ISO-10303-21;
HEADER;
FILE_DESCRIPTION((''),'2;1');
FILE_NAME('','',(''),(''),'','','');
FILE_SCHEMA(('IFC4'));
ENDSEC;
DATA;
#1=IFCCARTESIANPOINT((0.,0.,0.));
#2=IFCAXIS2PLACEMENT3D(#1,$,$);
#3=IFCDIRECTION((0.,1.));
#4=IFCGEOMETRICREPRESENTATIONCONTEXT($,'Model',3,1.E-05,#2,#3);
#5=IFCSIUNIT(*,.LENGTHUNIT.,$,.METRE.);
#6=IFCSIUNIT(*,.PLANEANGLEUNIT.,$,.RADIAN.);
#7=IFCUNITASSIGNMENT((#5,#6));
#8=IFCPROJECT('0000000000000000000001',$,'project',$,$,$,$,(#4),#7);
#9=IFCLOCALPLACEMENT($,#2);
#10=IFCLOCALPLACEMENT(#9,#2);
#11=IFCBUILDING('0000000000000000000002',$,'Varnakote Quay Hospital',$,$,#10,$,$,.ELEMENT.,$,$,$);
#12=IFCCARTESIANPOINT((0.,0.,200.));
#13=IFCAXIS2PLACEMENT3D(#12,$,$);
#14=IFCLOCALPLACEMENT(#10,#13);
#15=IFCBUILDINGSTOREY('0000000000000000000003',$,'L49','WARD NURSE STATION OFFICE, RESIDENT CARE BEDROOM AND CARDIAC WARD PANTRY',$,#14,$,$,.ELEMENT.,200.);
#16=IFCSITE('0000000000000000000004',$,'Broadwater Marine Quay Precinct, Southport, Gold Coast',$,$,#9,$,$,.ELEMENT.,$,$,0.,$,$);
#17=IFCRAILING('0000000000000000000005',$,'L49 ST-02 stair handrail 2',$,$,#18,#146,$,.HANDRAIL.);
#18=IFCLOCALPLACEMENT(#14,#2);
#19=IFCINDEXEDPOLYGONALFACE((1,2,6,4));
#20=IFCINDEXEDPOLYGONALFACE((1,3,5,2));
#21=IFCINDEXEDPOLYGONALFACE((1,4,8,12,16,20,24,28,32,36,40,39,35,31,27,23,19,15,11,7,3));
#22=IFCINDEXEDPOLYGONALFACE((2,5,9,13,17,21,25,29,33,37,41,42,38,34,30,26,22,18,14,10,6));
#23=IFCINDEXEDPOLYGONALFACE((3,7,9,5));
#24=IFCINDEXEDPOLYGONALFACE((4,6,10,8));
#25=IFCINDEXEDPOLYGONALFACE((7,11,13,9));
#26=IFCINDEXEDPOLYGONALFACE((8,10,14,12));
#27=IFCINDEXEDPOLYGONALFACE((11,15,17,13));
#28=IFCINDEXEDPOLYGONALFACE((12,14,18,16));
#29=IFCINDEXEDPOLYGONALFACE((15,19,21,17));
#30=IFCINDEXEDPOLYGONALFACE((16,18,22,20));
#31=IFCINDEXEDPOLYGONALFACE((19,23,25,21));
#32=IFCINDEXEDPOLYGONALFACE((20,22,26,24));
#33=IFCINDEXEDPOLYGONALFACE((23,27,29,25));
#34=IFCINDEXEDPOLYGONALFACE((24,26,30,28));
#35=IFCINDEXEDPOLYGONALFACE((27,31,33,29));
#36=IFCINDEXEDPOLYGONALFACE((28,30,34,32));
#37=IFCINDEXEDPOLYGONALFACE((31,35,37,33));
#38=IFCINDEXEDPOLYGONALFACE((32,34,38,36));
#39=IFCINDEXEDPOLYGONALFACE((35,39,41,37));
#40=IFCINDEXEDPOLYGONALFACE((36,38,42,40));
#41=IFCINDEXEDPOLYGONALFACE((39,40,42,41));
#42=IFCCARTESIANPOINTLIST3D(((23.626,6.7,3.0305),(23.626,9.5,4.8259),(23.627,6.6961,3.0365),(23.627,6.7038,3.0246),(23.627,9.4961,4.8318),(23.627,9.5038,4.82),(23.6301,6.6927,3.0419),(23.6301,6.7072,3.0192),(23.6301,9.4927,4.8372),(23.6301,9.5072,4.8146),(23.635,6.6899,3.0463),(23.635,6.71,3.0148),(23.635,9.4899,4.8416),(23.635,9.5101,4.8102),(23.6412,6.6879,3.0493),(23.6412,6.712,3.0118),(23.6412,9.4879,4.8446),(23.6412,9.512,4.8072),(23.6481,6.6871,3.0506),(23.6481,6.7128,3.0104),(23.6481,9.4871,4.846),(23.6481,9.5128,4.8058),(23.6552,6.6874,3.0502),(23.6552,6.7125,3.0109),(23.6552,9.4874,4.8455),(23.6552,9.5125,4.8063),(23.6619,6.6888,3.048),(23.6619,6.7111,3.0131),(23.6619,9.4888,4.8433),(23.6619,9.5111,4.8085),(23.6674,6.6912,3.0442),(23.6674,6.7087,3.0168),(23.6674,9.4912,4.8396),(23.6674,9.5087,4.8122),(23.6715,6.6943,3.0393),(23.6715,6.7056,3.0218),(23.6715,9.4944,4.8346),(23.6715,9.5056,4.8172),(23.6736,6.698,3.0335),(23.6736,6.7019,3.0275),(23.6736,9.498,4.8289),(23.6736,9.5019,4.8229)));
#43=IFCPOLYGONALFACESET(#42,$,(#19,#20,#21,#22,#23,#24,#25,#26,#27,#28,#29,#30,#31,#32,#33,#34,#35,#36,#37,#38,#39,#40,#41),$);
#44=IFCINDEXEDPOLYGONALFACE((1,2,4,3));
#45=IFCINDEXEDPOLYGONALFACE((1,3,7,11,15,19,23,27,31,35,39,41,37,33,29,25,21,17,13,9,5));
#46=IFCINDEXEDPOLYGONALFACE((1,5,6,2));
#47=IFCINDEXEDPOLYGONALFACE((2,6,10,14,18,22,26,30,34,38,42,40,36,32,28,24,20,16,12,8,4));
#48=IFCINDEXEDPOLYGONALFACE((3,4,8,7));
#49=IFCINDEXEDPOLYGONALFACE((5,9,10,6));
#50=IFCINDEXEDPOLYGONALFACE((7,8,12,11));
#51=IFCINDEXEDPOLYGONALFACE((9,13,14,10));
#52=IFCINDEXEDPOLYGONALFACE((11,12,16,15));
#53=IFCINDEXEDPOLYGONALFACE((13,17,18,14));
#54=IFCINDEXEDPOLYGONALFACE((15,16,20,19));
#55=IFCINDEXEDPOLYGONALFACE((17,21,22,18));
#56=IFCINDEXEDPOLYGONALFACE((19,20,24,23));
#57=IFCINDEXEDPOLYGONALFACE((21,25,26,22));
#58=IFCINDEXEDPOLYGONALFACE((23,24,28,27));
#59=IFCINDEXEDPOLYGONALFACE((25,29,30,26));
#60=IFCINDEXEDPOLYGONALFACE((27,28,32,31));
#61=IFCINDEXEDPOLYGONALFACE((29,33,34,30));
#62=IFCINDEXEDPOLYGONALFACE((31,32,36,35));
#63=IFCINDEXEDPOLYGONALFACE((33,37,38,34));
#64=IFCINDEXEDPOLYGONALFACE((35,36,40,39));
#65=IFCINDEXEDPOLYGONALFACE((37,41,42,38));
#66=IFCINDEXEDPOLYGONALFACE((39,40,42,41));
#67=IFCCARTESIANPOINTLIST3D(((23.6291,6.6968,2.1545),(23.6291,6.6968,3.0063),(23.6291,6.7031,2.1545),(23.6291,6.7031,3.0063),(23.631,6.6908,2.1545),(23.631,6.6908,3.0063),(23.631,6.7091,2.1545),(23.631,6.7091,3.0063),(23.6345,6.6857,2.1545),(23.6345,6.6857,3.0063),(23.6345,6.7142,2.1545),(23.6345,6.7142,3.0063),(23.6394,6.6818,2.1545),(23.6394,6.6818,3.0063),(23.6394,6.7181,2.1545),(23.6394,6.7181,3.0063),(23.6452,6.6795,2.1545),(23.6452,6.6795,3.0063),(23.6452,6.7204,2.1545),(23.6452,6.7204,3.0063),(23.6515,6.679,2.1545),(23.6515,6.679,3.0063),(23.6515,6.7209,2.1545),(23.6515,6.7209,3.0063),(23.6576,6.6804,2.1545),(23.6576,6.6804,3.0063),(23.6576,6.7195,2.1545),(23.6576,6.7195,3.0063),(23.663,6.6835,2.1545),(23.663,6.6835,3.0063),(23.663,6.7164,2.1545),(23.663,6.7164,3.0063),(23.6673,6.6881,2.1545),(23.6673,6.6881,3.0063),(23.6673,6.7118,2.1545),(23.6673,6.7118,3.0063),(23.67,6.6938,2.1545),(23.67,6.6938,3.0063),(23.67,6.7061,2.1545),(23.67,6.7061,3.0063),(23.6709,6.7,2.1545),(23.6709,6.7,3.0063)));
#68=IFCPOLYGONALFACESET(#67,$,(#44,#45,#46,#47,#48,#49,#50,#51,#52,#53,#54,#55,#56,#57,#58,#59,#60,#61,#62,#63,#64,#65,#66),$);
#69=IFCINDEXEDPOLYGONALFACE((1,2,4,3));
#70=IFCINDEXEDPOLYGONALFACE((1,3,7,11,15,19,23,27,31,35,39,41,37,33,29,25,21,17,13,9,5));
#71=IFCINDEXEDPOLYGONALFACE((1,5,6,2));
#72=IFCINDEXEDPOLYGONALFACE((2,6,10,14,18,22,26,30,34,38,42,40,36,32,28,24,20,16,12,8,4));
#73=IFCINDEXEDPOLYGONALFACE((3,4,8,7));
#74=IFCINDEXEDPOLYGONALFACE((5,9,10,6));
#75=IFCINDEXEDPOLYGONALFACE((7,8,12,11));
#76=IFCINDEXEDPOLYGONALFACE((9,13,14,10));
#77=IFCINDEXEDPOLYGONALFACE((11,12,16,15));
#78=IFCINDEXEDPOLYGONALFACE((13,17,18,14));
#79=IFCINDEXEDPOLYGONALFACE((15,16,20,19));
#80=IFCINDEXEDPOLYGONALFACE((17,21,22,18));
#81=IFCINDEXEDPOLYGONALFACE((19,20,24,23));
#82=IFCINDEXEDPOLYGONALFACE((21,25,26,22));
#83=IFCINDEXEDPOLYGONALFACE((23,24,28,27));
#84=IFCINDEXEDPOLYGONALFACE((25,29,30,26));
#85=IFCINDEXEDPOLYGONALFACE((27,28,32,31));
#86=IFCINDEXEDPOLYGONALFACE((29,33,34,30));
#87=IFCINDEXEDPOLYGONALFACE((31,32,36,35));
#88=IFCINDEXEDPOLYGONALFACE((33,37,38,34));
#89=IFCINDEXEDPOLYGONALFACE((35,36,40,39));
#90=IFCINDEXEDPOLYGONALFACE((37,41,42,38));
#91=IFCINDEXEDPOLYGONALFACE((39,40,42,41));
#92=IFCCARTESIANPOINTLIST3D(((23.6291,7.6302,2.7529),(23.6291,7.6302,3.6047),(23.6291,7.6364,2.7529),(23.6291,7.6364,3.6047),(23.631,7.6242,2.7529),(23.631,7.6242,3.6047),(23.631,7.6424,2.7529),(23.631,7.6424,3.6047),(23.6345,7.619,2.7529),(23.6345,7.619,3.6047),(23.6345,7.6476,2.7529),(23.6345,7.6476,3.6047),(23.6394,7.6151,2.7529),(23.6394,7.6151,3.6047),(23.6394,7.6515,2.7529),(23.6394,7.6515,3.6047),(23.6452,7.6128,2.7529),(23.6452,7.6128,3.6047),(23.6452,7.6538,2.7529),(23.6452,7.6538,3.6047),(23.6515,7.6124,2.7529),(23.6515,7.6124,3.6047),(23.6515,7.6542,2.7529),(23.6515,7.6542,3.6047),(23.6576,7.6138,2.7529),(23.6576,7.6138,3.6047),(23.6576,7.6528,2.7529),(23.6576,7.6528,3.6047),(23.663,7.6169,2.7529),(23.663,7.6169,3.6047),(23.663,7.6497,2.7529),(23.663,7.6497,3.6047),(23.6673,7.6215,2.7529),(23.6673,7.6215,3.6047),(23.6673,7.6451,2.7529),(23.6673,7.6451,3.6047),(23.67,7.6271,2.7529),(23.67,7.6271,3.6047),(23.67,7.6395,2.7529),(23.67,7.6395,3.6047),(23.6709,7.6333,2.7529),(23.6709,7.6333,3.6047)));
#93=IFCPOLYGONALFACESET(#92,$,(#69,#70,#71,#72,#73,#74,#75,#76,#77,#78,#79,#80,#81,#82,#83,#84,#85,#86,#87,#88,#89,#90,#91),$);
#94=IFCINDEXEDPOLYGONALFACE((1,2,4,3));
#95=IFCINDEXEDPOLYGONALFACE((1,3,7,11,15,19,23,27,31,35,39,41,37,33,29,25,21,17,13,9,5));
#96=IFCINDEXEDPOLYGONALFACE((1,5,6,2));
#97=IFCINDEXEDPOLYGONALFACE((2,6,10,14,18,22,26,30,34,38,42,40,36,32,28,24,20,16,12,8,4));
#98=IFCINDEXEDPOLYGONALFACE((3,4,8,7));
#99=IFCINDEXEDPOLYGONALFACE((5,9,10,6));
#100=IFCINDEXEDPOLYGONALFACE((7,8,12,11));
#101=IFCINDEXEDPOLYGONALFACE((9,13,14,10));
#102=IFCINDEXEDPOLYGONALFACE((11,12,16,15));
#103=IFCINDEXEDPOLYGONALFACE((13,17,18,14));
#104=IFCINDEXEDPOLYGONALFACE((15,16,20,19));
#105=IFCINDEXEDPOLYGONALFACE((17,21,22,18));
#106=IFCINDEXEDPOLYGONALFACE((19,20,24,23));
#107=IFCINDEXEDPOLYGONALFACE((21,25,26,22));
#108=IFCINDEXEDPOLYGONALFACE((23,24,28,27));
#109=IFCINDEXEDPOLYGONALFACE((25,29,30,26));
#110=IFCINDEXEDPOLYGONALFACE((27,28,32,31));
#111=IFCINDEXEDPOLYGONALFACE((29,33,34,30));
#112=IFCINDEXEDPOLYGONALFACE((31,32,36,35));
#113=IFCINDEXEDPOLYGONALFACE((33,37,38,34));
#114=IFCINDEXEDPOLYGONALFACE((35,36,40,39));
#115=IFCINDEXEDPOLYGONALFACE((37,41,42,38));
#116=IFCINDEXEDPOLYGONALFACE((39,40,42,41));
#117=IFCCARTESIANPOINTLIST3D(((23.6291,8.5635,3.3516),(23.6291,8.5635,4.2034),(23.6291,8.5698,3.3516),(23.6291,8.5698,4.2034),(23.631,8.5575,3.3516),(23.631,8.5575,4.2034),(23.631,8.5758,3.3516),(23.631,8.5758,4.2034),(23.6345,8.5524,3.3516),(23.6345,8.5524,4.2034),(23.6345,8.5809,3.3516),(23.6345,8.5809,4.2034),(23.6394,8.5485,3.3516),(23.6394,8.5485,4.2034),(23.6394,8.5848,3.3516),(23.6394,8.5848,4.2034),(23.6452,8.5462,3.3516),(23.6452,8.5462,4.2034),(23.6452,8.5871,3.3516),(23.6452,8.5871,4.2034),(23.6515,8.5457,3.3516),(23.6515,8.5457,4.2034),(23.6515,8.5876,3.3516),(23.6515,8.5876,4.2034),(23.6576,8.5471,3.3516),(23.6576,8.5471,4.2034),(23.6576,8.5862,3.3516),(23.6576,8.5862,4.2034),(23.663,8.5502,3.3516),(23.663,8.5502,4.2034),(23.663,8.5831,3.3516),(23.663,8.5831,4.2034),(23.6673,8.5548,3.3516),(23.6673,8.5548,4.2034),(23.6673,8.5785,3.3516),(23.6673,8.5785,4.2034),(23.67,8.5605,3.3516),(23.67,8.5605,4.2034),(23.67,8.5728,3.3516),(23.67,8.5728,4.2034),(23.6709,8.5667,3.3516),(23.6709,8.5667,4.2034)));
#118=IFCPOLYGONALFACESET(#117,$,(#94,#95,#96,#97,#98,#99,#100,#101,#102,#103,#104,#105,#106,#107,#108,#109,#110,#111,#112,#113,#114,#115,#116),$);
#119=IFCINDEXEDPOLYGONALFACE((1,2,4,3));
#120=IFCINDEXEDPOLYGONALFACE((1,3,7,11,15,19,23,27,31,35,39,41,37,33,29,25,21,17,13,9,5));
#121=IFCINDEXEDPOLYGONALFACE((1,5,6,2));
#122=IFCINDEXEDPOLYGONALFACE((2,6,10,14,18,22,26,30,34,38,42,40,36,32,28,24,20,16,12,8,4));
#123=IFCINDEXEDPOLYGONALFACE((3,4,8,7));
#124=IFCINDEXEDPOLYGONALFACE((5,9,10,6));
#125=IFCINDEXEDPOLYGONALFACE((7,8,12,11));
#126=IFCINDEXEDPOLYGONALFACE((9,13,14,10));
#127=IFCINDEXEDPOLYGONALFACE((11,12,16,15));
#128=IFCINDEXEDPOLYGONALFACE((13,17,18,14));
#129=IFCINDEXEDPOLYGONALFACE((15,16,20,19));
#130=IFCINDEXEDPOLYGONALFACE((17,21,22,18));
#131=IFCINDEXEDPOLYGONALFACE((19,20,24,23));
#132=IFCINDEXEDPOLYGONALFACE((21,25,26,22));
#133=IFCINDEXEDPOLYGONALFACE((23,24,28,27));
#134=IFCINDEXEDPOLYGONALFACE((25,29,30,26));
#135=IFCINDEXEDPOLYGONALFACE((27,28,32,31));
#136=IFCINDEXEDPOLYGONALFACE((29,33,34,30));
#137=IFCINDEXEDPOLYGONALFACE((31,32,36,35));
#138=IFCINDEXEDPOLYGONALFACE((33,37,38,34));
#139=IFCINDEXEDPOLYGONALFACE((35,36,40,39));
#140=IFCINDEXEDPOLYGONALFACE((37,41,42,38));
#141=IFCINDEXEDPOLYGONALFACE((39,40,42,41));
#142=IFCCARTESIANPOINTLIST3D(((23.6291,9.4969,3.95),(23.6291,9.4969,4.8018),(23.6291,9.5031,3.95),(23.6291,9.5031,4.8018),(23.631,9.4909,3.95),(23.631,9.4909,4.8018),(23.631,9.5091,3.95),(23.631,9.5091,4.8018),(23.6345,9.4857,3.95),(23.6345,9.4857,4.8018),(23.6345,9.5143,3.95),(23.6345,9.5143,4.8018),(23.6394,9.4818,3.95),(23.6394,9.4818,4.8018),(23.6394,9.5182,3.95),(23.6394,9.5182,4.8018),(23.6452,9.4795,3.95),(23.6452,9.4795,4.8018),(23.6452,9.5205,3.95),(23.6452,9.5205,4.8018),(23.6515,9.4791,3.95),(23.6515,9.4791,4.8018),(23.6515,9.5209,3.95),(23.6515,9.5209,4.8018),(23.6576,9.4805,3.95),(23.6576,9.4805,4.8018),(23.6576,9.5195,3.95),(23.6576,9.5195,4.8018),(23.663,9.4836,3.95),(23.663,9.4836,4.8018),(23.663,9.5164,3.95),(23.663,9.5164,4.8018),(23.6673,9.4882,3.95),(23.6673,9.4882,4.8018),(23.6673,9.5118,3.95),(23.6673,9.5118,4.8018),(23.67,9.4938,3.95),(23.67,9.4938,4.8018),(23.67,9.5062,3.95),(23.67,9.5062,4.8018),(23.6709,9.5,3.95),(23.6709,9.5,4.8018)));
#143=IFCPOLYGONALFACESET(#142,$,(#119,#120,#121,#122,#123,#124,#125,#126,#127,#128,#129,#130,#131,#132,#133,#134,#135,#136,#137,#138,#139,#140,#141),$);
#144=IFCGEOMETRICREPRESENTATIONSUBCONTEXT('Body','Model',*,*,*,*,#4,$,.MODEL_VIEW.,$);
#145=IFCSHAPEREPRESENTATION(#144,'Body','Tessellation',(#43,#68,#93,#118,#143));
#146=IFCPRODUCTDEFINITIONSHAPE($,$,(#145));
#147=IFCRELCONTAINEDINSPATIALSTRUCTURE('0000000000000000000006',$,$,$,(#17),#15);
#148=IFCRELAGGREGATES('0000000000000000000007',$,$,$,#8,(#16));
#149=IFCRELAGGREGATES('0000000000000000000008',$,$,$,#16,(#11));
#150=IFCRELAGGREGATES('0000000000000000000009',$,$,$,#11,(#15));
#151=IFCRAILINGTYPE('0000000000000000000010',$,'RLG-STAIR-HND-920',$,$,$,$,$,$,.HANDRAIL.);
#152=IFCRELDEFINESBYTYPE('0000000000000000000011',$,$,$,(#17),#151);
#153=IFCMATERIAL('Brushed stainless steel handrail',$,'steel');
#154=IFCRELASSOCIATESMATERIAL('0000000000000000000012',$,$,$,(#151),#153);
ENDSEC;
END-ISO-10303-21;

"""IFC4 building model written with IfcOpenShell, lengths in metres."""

from ifc_helpers import new_model, si_unit, direction, frame, origin, origin_2d, place, context, subcontext, project, spatial, circle, extrude, material, type_object, element, save


model = new_model("IFC4")

# Units and contexts
model_context = context("Model", 3, precision=1e-05, world=origin(), true_north=direction((0.0, 1.0)))
body_context = subcontext(model_context, "Body", "Model", "MODEL_VIEW")
ifc_project = project(units=[si_unit("LENGTHUNIT", "METRE"), si_unit("PLANEANGLEUNIT", "RADIAN")], contexts=[model_context])

# Site, building, storey
site_placement = place(None, origin())
site = spatial("IfcSite", under=ifc_project, at=site_placement, Name="Broadwater Marine Quay Precinct, Southport, Gold Coast", CompositionType="ELEMENT", RefElevation=0.0)
building_placement = place(site_placement, origin())
building = spatial("IfcBuilding", under=site, at=building_placement, Name="Varnakote Quay Hospital", CompositionType="ELEMENT")
storey_placement = place(building_placement, frame((0.0, 0.0, 200.0)))
storey = spatial("IfcBuildingStorey", under=building, at=storey_placement, Name="L49", Description="WARD NURSE STATION OFFICE, RESIDENT CARE BEDROOM AND CARDIAC WARD PANTRY", CompositionType="ELEMENT", Elevation=200.0)

# Railing
ifc_material_1 = material(Name="Brushed stainless steel handrail", Category="steel")
railing_type_1 = type_object("IfcRailingType", Name="RLG-STAIR-HND-920", PredefinedType="HANDRAIL", material=ifc_material_1)
railing_1_placement = place(storey_placement, frame((23.6499, 6.7, 2.1545)))
element("IfcRailing", 1, at=railing_1_placement, inside=storey, type_object=railing_type_1, Name="L49 ST-02 stair handrail 2", PredefinedType="HANDRAIL", context=body_context, shape_type="SweptSolid", body=[
    extrude(circle(Radius=0.0239, at=origin_2d()), frame((0.0, 0.0, 0.876), z_axis=(0.0, 0.84181, 0.539774), x_axis=(-1.0, 0.0, 0.0)), (0.0, 0.0, 1.0), 3.3262),
    extrude(circle(Radius=0.021, at=origin_2d()), origin(), (0.0, 0.0, 1.0), 0.8518),
    extrude(circle(Radius=0.021, at=origin_2d()), frame((0.0, 0.9333, 0.5984)), (0.0, 0.0, 1.0), 0.8518),
    extrude(circle(Radius=0.021, at=origin_2d()), frame((0.0, 1.8667, 1.197)), (0.0, 0.0, 1.0), 0.8518),
    extrude(circle(Radius=0.021, at=origin_2d()), frame((0.0, 2.8, 1.7954)), (0.0, 0.0, 1.0), 0.8518),
])

save(model, "model.ifc")
